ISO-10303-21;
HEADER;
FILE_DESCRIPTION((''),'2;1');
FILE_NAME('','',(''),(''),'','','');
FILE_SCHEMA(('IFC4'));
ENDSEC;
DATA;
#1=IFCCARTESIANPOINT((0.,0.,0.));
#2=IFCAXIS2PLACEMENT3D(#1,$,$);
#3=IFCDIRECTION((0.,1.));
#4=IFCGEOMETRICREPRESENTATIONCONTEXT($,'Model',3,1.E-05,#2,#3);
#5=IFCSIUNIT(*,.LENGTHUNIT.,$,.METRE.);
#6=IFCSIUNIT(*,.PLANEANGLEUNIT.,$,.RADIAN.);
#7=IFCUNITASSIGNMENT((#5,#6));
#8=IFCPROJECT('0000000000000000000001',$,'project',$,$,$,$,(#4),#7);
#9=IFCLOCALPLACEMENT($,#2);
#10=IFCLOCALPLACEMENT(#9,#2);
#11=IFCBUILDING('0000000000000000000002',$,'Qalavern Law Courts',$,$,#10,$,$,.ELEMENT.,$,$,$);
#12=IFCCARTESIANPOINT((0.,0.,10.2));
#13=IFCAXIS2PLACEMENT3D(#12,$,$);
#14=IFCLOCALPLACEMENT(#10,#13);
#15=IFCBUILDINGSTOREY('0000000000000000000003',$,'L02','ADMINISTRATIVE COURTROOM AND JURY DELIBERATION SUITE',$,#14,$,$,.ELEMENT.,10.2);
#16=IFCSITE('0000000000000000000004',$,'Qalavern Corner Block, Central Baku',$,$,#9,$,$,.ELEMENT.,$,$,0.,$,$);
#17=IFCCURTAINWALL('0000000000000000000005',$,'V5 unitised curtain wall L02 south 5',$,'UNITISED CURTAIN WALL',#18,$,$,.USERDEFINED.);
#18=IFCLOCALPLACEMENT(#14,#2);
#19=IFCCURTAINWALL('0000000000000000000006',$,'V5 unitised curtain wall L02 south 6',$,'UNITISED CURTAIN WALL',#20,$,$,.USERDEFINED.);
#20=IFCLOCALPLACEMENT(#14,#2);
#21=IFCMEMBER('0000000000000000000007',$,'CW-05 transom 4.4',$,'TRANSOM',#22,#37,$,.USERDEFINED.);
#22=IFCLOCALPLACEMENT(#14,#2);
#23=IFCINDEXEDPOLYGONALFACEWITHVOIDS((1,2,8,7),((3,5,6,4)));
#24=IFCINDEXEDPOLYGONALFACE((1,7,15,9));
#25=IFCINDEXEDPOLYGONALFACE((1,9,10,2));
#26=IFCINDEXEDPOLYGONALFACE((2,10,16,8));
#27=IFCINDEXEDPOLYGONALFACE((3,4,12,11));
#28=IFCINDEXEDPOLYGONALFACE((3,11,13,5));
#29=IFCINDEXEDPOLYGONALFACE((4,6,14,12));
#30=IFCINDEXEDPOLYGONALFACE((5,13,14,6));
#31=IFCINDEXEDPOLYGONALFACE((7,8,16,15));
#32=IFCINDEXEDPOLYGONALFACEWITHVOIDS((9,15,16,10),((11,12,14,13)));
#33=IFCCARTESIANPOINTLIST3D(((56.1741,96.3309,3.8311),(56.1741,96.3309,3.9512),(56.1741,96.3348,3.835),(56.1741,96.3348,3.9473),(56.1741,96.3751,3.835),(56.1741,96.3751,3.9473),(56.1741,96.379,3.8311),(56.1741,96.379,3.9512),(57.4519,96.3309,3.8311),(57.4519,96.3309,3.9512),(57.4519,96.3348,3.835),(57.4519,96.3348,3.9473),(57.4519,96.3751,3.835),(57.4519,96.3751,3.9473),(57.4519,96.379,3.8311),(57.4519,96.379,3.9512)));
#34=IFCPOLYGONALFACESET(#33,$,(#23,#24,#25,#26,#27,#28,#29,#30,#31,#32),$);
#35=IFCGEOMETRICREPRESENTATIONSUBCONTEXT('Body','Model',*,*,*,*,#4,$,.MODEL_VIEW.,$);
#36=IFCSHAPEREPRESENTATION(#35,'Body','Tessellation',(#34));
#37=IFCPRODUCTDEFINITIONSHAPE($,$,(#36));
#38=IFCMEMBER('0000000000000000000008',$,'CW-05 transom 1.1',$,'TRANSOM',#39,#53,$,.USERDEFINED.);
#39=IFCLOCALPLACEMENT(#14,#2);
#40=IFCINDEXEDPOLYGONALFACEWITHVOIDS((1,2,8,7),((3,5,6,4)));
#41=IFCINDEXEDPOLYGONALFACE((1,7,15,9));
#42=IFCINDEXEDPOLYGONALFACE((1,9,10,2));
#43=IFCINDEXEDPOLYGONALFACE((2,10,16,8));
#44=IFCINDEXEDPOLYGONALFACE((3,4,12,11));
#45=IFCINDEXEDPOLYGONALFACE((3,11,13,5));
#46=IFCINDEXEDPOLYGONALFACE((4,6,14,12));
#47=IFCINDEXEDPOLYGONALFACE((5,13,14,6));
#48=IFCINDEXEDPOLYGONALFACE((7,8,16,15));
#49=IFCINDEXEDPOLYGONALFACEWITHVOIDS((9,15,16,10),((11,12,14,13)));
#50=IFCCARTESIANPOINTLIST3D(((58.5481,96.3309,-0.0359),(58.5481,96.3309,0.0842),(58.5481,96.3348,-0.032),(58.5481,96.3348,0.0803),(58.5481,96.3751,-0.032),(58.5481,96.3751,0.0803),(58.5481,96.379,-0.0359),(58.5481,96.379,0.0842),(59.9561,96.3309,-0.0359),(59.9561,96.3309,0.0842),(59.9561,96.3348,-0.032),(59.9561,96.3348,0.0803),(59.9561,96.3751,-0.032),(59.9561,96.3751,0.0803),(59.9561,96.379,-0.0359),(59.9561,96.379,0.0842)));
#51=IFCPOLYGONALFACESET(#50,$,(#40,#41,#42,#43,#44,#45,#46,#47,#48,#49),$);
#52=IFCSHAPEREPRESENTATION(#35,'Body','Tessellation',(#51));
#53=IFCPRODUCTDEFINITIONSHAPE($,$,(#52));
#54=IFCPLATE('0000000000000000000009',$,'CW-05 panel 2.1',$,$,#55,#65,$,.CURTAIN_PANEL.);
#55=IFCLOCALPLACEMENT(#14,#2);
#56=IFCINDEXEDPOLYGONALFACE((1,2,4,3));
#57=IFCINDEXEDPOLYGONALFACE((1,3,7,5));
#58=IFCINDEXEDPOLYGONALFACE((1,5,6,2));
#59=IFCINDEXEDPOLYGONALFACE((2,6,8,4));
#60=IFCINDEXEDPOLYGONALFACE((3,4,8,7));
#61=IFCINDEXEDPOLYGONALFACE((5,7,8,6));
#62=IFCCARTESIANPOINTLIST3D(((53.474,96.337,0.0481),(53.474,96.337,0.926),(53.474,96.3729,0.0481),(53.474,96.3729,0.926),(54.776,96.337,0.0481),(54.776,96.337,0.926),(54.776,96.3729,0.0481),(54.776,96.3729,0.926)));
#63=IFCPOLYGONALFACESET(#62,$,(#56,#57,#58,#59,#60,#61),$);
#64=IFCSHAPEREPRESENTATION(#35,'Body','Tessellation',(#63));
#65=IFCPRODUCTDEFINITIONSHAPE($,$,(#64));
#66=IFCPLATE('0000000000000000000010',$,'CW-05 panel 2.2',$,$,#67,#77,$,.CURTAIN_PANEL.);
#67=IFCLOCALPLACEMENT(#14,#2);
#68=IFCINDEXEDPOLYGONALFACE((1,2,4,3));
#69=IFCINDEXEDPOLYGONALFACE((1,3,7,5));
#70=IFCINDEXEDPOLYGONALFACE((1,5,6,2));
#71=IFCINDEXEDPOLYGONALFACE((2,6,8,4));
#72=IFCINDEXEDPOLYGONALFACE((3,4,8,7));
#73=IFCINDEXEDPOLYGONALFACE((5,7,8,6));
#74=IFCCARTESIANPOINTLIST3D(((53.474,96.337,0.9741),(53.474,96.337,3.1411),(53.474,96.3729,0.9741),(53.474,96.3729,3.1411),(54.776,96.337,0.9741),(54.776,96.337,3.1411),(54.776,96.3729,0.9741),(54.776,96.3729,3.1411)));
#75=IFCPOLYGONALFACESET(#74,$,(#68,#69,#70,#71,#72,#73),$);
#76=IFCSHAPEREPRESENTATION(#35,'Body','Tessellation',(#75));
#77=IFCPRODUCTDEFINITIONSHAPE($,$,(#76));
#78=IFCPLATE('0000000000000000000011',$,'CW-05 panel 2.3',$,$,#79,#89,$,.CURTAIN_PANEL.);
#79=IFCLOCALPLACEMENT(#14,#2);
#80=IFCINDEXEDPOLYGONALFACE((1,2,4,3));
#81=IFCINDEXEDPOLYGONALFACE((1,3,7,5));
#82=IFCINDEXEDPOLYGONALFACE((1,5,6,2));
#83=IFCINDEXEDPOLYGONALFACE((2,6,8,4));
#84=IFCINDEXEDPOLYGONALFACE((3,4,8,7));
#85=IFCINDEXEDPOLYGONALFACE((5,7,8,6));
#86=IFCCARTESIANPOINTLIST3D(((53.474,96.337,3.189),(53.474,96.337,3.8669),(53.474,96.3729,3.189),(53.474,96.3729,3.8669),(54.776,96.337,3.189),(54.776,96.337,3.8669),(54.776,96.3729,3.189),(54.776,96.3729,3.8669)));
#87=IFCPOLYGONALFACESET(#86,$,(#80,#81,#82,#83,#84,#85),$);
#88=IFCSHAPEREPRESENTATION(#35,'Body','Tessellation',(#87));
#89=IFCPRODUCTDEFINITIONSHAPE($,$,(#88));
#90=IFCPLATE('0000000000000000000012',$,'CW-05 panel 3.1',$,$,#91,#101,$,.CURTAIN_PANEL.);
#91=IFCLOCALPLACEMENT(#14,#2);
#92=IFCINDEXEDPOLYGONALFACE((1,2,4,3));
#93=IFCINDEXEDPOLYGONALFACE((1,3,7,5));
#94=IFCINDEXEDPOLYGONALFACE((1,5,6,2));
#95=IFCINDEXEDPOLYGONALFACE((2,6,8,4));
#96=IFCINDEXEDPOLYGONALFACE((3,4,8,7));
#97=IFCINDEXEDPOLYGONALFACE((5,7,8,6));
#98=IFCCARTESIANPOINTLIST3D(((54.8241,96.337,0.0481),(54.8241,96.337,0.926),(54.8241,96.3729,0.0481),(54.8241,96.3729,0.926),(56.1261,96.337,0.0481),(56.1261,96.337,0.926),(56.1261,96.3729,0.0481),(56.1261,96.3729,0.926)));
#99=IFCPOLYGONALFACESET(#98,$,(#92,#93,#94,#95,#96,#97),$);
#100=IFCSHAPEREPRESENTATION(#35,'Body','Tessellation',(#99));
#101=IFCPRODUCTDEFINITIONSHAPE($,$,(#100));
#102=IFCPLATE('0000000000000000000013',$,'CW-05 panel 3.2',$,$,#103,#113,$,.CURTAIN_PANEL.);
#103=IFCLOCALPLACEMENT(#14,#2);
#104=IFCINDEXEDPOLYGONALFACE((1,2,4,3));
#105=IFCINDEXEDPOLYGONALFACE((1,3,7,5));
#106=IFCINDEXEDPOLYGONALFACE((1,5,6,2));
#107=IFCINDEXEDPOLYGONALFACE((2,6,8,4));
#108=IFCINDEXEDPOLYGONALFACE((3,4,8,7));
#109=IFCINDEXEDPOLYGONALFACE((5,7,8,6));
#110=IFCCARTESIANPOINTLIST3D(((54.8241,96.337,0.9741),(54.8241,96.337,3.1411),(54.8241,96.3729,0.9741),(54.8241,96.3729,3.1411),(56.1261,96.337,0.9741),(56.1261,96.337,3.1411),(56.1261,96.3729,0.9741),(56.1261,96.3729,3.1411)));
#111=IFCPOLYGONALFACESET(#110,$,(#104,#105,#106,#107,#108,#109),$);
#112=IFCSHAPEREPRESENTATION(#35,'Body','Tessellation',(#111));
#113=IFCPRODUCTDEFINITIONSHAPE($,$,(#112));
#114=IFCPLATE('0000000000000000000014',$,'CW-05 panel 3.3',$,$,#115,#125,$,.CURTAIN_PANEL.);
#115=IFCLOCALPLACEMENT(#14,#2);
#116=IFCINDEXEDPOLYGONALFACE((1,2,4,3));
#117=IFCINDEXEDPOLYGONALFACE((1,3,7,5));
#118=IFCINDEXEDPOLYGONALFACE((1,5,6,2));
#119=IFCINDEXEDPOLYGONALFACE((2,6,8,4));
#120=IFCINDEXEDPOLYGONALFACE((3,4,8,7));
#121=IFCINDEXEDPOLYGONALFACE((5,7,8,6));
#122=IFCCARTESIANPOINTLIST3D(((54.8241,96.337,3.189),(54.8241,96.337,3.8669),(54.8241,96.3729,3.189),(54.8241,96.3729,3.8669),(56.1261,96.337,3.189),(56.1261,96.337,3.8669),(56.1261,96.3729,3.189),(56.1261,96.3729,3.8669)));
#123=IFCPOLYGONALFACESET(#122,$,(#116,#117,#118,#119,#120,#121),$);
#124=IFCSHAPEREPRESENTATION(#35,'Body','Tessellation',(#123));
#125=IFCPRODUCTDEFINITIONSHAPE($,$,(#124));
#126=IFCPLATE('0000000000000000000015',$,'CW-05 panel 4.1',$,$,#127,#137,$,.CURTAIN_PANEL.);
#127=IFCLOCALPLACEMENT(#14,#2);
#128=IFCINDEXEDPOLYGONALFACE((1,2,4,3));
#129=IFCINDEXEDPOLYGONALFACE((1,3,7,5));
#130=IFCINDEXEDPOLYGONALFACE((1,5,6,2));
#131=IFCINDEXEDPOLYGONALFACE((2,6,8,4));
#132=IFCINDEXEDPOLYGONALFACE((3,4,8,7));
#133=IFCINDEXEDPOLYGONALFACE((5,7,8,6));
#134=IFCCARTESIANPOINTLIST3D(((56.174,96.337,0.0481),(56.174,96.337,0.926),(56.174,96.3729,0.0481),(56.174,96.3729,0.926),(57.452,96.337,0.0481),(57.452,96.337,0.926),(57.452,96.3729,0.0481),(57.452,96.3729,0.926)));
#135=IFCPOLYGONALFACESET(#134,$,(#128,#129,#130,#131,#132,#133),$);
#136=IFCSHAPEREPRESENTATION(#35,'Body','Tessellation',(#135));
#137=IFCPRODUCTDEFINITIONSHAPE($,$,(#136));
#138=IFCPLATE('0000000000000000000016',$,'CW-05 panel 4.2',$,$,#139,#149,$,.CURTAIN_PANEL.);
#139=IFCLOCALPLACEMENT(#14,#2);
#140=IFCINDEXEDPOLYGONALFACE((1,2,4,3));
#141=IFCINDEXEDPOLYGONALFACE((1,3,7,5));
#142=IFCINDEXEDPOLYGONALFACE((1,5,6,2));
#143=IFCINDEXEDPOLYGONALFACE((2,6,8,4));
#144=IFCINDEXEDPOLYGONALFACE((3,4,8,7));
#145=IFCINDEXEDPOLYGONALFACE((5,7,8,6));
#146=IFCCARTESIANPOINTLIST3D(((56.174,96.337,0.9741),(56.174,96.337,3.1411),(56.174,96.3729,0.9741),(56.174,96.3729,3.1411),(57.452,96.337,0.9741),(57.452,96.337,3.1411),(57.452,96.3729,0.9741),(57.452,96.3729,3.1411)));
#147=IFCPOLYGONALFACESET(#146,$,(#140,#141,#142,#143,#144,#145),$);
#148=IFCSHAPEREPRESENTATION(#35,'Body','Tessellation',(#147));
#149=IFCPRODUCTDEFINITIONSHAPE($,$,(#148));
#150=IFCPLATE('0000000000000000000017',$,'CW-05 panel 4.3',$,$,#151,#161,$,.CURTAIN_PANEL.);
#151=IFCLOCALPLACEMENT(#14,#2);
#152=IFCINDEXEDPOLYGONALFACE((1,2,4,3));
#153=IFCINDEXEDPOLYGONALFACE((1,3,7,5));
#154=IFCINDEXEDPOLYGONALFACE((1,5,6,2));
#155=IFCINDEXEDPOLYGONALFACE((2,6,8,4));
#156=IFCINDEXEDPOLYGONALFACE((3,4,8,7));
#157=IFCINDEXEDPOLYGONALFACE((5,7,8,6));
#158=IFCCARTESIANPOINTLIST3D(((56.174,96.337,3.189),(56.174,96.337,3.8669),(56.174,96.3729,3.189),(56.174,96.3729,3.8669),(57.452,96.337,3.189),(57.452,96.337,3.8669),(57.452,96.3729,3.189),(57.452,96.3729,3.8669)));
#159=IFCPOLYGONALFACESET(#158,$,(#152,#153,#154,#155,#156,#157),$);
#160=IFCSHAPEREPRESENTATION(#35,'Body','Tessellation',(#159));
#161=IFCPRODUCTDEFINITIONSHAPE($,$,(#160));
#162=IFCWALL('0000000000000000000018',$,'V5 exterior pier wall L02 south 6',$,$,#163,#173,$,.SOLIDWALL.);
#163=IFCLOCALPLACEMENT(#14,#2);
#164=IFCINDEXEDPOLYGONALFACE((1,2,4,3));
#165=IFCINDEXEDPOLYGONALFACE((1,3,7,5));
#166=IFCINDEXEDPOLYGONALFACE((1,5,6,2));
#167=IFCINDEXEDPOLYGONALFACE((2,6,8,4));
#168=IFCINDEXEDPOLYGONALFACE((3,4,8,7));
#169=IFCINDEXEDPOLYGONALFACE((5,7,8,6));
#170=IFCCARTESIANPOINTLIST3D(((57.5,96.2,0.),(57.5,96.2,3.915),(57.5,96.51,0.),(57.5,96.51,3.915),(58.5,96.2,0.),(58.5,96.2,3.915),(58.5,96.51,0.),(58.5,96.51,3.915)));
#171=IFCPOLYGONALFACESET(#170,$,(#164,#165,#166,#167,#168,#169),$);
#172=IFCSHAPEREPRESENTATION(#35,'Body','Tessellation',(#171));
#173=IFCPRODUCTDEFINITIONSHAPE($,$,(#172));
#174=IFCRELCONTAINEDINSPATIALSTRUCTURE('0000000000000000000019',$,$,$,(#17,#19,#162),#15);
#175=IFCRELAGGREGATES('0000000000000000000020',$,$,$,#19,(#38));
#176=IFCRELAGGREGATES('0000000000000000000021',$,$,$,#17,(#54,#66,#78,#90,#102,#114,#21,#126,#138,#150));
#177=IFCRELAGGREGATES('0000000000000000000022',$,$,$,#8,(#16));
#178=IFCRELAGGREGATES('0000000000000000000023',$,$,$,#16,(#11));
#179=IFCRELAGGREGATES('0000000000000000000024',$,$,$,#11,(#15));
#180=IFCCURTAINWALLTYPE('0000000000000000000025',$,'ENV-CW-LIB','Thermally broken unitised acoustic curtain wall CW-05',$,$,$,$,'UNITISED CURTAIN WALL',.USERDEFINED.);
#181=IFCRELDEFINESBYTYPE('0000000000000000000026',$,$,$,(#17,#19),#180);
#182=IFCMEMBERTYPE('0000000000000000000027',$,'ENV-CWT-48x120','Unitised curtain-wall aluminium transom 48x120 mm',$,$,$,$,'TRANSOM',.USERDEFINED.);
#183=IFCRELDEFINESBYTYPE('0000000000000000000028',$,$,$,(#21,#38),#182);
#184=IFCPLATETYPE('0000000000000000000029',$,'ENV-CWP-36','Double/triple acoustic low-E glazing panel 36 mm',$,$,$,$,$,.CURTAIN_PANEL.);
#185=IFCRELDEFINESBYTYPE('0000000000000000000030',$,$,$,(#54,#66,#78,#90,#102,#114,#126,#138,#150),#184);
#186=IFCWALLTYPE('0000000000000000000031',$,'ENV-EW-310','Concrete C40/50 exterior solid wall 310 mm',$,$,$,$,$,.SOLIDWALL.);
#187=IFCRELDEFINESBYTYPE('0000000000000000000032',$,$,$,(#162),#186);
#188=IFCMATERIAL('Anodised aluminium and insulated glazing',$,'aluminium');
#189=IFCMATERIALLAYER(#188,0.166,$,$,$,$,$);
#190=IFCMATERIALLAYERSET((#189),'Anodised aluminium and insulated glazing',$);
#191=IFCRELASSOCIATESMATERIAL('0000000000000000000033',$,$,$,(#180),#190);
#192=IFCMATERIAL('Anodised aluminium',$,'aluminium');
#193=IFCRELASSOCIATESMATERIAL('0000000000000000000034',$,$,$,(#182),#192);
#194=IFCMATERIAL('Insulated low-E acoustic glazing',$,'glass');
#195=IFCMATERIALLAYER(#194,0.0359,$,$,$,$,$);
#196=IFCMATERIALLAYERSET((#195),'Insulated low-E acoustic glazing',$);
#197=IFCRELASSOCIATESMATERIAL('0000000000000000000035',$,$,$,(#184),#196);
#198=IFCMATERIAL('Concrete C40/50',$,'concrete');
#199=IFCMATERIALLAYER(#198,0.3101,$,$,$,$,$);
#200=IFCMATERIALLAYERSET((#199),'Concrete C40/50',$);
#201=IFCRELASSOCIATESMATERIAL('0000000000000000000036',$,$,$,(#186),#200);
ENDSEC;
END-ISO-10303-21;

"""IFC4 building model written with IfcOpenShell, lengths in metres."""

from ifc_helpers import new_model, si_unit, direction, frame, frame_2d, origin, origin_2d, place, context, subcontext, project, spatial, rectangle, hollow_rectangle, extrude, material, layer, layer_set, material_profile, profile_set, type_object, element, aggregate, save


model = new_model("IFC4")

# Units and contexts
model_context = context("Model", 3, precision=1e-05, world=origin(), true_north=direction((0.0, 1.0)))
body_context = subcontext(model_context, "Body", "Model", "MODEL_VIEW")
ifc_project = project(units=[si_unit("LENGTHUNIT", "METRE"), si_unit("PLANEANGLEUNIT", "RADIAN")], contexts=[model_context])

# Site, building, storey
site_placement = place(None, origin())
site = spatial("IfcSite", under=ifc_project, at=site_placement, Name="Qalavern Corner Block, Central Baku", CompositionType="ELEMENT", RefElevation=0.0)
building_placement = place(site_placement, origin())
building = spatial("IfcBuilding", under=site, at=building_placement, Name="Qalavern Law Courts", CompositionType="ELEMENT")
storey_placement = place(building_placement, frame((0.0, 0.0, 10.2)))
storey = spatial("IfcBuildingStorey", under=building, at=storey_placement, Name="L02", Description="ADMINISTRATIVE COURTROOM AND JURY DELIBERATION SUITE", CompositionType="ELEMENT", Elevation=10.2)

# Curtain wall
ifc_material_1 = material(Name="Anodised aluminium and insulated glazing", Category="aluminium")
ifc_layer_1 = layer(ifc_material_1, 0.166)
ifc_layer_set_1 = layer_set([ifc_layer_1], Name="Anodised aluminium and insulated glazing")
curtain_wall_type = type_object("IfcCurtainWallType", Name="ENV-CW-LIB", Description="Thermally broken unitised acoustic curtain wall CW-05", ElementType="UNITISED CURTAIN WALL", PredefinedType="USERDEFINED", material=ifc_layer_set_1)
curtain_wall_1_placement = place(storey_placement, origin())
curtain_wall_1 = element("IfcCurtainWall", 1, at=curtain_wall_1_placement, inside=storey, type_object=curtain_wall_type, Name="V5 unitised curtain wall L02 south 5", ObjectType="UNITISED CURTAIN WALL", PredefinedType="USERDEFINED")
ifc_material_2 = material(Name="Anodised aluminium", Category="aluminium")

# Curtain wall
curtain_wall_2_placement = place(storey_placement, origin())
curtain_wall_2 = element("IfcCurtainWall", 2, at=curtain_wall_2_placement, inside=storey, type_object=curtain_wall_type, Name="V5 unitised curtain wall L02 south 6", ObjectType="UNITISED CURTAIN WALL", PredefinedType="USERDEFINED")

# Members
ifc_material_profile_1 = material_profile(ifc_material_2, hollow_rectangle(XDim=0.0481, YDim=0.1201, WallThickness=0.0039, at=origin_2d()), Name="ALU TRANSOM 48x120")
ifc_profile_set_1 = profile_set([ifc_material_profile_1], Name="Anodised aluminium")
member_type_1 = type_object("IfcMemberType", Name="ENV-CWT-48x120", Description="Unitised curtain-wall aluminium transom 48x120 mm", ElementType="TRANSOM", PredefinedType="USERDEFINED", material=ifc_profile_set_1)
member_1_placement = place(storey_placement, frame((56.1741, 96.355, 3.8911), z_axis=(1.0, 0.0, 0.0), x_axis=(0.0, 1.0, 0.0)))
member_1 = element("IfcMember", 3, at=member_1_placement, type_object=member_type_1, Name="CW-05 transom 4.4", ObjectType="TRANSOM", PredefinedType="USERDEFINED", context=body_context, shape_type="SweptSolid", body=[
    extrude(hollow_rectangle(XDim=0.0481, YDim=0.1201, WallThickness=0.0039, at=origin_2d()), origin(), (0.0, 0.0, 1.0), 1.2778),
])
member_2_placement = place(storey_placement, frame((58.5481, 96.355, 0.0242), z_axis=(1.0, 0.0, 0.0), x_axis=(0.0, 1.0, 0.0)))
member_2 = element("IfcMember", 4, at=member_2_placement, type_object=member_type_1, Name="CW-05 transom 1.1", ObjectType="TRANSOM", PredefinedType="USERDEFINED", context=body_context, shape_type="SweptSolid", body=[
    extrude(hollow_rectangle(XDim=0.0481, YDim=0.1201, WallThickness=0.0039, at=origin_2d()), origin(), (0.0, 0.0, 1.0), 1.408),
])
aggregate(curtain_wall_2, [member_2])

# Plates
ifc_material_3 = material(Name="Insulated low-E acoustic glazing", Category="glass")
ifc_layer_2 = layer(ifc_material_3, 0.0359)
ifc_layer_set_2 = layer_set([ifc_layer_2], Name="Insulated low-E acoustic glazing")
plate_type = type_object("IfcPlateType", Name="ENV-CWP-36", Description="Double/triple acoustic low-E glazing panel 36 mm", PredefinedType="CURTAIN_PANEL", material=ifc_layer_set_2)
plate_1_placement = place(storey_placement, frame((54.125, 96.355, 0.0481), z_axis=(0.0, 0.0, 1.0), x_axis=(1.0, 0.0, 0.0)))
plate_1 = element("IfcPlate", 5, at=plate_1_placement, type_object=plate_type, Name="CW-05 panel 2.1", PredefinedType="CURTAIN_PANEL", context=body_context, shape_type="SweptSolid", body=[
    extrude(rectangle(XDim=1.302, YDim=0.0359, at=origin_2d()), origin(), (0.0, 0.0, 1.0), 0.8779),
])
plate_2_placement = place(storey_placement, frame((54.125, 96.355, 0.9741), z_axis=(0.0, 0.0, 1.0), x_axis=(1.0, 0.0, 0.0)))
plate_2 = element("IfcPlate", 6, at=plate_2_placement, type_object=plate_type, Name="CW-05 panel 2.2", PredefinedType="CURTAIN_PANEL", context=body_context, shape_type="SweptSolid", body=[
    extrude(rectangle(XDim=1.302, YDim=0.0359, at=origin_2d()), origin(), (0.0, 0.0, 1.0), 2.167),
])
plate_3_placement = place(storey_placement, frame((54.125, 96.355, 3.189), z_axis=(0.0, 0.0, 1.0), x_axis=(1.0, 0.0, 0.0)))
plate_3 = element("IfcPlate", 7, at=plate_3_placement, type_object=plate_type, Name="CW-05 panel 2.3", PredefinedType="CURTAIN_PANEL", context=body_context, shape_type="SweptSolid", body=[
    extrude(rectangle(XDim=1.302, YDim=0.0359, at=origin_2d()), origin(), (0.0, 0.0, 1.0), 0.678),
])
plate_4_placement = place(storey_placement, frame((55.4751, 96.355, 0.0481), z_axis=(0.0, 0.0, 1.0), x_axis=(1.0, 0.0, 0.0)))
plate_4 = element("IfcPlate", 8, at=plate_4_placement, type_object=plate_type, Name="CW-05 panel 3.1", PredefinedType="CURTAIN_PANEL", context=body_context, shape_type="SweptSolid", body=[
    extrude(rectangle(XDim=1.302, YDim=0.0359, at=origin_2d()), origin(), (0.0, 0.0, 1.0), 0.8779),
])
plate_5_placement = place(storey_placement, frame((55.4751, 96.355, 0.9741), z_axis=(0.0, 0.0, 1.0), x_axis=(1.0, 0.0, 0.0)))
plate_5 = element("IfcPlate", 9, at=plate_5_placement, type_object=plate_type, Name="CW-05 panel 3.2", PredefinedType="CURTAIN_PANEL", context=body_context, shape_type="SweptSolid", body=[
    extrude(rectangle(XDim=1.302, YDim=0.0359, at=origin_2d()), origin(), (0.0, 0.0, 1.0), 2.167),
])
plate_6_placement = place(storey_placement, frame((55.4751, 96.355, 3.189), z_axis=(0.0, 0.0, 1.0), x_axis=(1.0, 0.0, 0.0)))
plate_6 = element("IfcPlate", 10, at=plate_6_placement, type_object=plate_type, Name="CW-05 panel 3.3", PredefinedType="CURTAIN_PANEL", context=body_context, shape_type="SweptSolid", body=[
    extrude(rectangle(XDim=1.302, YDim=0.0359, at=origin_2d()), origin(), (0.0, 0.0, 1.0), 0.678),
])
plate_7_placement = place(storey_placement, frame((56.813, 96.355, 0.0481), z_axis=(0.0, 0.0, 1.0), x_axis=(1.0, 0.0, 0.0)))
plate_7 = element("IfcPlate", 11, at=plate_7_placement, type_object=plate_type, Name="CW-05 panel 4.1", PredefinedType="CURTAIN_PANEL", context=body_context, shape_type="SweptSolid", body=[
    extrude(rectangle(XDim=1.2781, YDim=0.0359, at=origin_2d()), origin(), (0.0, 0.0, 1.0), 0.8779),
])
plate_8_placement = place(storey_placement, frame((56.813, 96.355, 0.9741), z_axis=(0.0, 0.0, 1.0), x_axis=(1.0, 0.0, 0.0)))
plate_8 = element("IfcPlate", 12, at=plate_8_placement, type_object=plate_type, Name="CW-05 panel 4.2", PredefinedType="CURTAIN_PANEL", context=body_context, shape_type="SweptSolid", body=[
    extrude(rectangle(XDim=1.2781, YDim=0.0359, at=origin_2d()), origin(), (0.0, 0.0, 1.0), 2.167),
])
plate_9_placement = place(storey_placement, frame((56.813, 96.355, 3.189), z_axis=(0.0, 0.0, 1.0), x_axis=(1.0, 0.0, 0.0)))
plate_9 = element("IfcPlate", 13, at=plate_9_placement, type_object=plate_type, Name="CW-05 panel 4.3", PredefinedType="CURTAIN_PANEL", context=body_context, shape_type="SweptSolid", body=[
    extrude(rectangle(XDim=1.2781, YDim=0.0359, at=origin_2d()), origin(), (0.0, 0.0, 1.0), 0.678),
])
aggregate(curtain_wall_1, [plate_1, plate_2, plate_3, plate_4, plate_5, plate_6, member_1, plate_7, plate_8, plate_9])

# Wall
ifc_material_4 = material(Name="Concrete C40/50", Category="concrete")
ifc_layer_3 = layer(ifc_material_4, 0.3101)
ifc_layer_set_3 = layer_set([ifc_layer_3], Name="Concrete C40/50")
wall_type = type_object("IfcWallType", Name="ENV-EW-310", Description="Concrete C40/50 exterior solid wall 310 mm", PredefinedType="SOLIDWALL", material=ifc_layer_set_3)
wall_placement = place(storey_placement, frame((57.5, 96.355, 0.0), z_axis=(0.0, 0.0, 1.0), x_axis=(1.0, 0.0, 0.0)))
element("IfcWall", 14, at=wall_placement, inside=storey, type_object=wall_type, Name="V5 exterior pier wall L02 south 6", PredefinedType="SOLIDWALL", context=body_context, shape_type="SweptSolid", body=[
    extrude(rectangle(XDim=1.0, YDim=0.3101, at=frame_2d((0.5, 0.0))), origin(), (0.0, 0.0, 1.0), 3.915),
])

save(model, "model.ifc")
